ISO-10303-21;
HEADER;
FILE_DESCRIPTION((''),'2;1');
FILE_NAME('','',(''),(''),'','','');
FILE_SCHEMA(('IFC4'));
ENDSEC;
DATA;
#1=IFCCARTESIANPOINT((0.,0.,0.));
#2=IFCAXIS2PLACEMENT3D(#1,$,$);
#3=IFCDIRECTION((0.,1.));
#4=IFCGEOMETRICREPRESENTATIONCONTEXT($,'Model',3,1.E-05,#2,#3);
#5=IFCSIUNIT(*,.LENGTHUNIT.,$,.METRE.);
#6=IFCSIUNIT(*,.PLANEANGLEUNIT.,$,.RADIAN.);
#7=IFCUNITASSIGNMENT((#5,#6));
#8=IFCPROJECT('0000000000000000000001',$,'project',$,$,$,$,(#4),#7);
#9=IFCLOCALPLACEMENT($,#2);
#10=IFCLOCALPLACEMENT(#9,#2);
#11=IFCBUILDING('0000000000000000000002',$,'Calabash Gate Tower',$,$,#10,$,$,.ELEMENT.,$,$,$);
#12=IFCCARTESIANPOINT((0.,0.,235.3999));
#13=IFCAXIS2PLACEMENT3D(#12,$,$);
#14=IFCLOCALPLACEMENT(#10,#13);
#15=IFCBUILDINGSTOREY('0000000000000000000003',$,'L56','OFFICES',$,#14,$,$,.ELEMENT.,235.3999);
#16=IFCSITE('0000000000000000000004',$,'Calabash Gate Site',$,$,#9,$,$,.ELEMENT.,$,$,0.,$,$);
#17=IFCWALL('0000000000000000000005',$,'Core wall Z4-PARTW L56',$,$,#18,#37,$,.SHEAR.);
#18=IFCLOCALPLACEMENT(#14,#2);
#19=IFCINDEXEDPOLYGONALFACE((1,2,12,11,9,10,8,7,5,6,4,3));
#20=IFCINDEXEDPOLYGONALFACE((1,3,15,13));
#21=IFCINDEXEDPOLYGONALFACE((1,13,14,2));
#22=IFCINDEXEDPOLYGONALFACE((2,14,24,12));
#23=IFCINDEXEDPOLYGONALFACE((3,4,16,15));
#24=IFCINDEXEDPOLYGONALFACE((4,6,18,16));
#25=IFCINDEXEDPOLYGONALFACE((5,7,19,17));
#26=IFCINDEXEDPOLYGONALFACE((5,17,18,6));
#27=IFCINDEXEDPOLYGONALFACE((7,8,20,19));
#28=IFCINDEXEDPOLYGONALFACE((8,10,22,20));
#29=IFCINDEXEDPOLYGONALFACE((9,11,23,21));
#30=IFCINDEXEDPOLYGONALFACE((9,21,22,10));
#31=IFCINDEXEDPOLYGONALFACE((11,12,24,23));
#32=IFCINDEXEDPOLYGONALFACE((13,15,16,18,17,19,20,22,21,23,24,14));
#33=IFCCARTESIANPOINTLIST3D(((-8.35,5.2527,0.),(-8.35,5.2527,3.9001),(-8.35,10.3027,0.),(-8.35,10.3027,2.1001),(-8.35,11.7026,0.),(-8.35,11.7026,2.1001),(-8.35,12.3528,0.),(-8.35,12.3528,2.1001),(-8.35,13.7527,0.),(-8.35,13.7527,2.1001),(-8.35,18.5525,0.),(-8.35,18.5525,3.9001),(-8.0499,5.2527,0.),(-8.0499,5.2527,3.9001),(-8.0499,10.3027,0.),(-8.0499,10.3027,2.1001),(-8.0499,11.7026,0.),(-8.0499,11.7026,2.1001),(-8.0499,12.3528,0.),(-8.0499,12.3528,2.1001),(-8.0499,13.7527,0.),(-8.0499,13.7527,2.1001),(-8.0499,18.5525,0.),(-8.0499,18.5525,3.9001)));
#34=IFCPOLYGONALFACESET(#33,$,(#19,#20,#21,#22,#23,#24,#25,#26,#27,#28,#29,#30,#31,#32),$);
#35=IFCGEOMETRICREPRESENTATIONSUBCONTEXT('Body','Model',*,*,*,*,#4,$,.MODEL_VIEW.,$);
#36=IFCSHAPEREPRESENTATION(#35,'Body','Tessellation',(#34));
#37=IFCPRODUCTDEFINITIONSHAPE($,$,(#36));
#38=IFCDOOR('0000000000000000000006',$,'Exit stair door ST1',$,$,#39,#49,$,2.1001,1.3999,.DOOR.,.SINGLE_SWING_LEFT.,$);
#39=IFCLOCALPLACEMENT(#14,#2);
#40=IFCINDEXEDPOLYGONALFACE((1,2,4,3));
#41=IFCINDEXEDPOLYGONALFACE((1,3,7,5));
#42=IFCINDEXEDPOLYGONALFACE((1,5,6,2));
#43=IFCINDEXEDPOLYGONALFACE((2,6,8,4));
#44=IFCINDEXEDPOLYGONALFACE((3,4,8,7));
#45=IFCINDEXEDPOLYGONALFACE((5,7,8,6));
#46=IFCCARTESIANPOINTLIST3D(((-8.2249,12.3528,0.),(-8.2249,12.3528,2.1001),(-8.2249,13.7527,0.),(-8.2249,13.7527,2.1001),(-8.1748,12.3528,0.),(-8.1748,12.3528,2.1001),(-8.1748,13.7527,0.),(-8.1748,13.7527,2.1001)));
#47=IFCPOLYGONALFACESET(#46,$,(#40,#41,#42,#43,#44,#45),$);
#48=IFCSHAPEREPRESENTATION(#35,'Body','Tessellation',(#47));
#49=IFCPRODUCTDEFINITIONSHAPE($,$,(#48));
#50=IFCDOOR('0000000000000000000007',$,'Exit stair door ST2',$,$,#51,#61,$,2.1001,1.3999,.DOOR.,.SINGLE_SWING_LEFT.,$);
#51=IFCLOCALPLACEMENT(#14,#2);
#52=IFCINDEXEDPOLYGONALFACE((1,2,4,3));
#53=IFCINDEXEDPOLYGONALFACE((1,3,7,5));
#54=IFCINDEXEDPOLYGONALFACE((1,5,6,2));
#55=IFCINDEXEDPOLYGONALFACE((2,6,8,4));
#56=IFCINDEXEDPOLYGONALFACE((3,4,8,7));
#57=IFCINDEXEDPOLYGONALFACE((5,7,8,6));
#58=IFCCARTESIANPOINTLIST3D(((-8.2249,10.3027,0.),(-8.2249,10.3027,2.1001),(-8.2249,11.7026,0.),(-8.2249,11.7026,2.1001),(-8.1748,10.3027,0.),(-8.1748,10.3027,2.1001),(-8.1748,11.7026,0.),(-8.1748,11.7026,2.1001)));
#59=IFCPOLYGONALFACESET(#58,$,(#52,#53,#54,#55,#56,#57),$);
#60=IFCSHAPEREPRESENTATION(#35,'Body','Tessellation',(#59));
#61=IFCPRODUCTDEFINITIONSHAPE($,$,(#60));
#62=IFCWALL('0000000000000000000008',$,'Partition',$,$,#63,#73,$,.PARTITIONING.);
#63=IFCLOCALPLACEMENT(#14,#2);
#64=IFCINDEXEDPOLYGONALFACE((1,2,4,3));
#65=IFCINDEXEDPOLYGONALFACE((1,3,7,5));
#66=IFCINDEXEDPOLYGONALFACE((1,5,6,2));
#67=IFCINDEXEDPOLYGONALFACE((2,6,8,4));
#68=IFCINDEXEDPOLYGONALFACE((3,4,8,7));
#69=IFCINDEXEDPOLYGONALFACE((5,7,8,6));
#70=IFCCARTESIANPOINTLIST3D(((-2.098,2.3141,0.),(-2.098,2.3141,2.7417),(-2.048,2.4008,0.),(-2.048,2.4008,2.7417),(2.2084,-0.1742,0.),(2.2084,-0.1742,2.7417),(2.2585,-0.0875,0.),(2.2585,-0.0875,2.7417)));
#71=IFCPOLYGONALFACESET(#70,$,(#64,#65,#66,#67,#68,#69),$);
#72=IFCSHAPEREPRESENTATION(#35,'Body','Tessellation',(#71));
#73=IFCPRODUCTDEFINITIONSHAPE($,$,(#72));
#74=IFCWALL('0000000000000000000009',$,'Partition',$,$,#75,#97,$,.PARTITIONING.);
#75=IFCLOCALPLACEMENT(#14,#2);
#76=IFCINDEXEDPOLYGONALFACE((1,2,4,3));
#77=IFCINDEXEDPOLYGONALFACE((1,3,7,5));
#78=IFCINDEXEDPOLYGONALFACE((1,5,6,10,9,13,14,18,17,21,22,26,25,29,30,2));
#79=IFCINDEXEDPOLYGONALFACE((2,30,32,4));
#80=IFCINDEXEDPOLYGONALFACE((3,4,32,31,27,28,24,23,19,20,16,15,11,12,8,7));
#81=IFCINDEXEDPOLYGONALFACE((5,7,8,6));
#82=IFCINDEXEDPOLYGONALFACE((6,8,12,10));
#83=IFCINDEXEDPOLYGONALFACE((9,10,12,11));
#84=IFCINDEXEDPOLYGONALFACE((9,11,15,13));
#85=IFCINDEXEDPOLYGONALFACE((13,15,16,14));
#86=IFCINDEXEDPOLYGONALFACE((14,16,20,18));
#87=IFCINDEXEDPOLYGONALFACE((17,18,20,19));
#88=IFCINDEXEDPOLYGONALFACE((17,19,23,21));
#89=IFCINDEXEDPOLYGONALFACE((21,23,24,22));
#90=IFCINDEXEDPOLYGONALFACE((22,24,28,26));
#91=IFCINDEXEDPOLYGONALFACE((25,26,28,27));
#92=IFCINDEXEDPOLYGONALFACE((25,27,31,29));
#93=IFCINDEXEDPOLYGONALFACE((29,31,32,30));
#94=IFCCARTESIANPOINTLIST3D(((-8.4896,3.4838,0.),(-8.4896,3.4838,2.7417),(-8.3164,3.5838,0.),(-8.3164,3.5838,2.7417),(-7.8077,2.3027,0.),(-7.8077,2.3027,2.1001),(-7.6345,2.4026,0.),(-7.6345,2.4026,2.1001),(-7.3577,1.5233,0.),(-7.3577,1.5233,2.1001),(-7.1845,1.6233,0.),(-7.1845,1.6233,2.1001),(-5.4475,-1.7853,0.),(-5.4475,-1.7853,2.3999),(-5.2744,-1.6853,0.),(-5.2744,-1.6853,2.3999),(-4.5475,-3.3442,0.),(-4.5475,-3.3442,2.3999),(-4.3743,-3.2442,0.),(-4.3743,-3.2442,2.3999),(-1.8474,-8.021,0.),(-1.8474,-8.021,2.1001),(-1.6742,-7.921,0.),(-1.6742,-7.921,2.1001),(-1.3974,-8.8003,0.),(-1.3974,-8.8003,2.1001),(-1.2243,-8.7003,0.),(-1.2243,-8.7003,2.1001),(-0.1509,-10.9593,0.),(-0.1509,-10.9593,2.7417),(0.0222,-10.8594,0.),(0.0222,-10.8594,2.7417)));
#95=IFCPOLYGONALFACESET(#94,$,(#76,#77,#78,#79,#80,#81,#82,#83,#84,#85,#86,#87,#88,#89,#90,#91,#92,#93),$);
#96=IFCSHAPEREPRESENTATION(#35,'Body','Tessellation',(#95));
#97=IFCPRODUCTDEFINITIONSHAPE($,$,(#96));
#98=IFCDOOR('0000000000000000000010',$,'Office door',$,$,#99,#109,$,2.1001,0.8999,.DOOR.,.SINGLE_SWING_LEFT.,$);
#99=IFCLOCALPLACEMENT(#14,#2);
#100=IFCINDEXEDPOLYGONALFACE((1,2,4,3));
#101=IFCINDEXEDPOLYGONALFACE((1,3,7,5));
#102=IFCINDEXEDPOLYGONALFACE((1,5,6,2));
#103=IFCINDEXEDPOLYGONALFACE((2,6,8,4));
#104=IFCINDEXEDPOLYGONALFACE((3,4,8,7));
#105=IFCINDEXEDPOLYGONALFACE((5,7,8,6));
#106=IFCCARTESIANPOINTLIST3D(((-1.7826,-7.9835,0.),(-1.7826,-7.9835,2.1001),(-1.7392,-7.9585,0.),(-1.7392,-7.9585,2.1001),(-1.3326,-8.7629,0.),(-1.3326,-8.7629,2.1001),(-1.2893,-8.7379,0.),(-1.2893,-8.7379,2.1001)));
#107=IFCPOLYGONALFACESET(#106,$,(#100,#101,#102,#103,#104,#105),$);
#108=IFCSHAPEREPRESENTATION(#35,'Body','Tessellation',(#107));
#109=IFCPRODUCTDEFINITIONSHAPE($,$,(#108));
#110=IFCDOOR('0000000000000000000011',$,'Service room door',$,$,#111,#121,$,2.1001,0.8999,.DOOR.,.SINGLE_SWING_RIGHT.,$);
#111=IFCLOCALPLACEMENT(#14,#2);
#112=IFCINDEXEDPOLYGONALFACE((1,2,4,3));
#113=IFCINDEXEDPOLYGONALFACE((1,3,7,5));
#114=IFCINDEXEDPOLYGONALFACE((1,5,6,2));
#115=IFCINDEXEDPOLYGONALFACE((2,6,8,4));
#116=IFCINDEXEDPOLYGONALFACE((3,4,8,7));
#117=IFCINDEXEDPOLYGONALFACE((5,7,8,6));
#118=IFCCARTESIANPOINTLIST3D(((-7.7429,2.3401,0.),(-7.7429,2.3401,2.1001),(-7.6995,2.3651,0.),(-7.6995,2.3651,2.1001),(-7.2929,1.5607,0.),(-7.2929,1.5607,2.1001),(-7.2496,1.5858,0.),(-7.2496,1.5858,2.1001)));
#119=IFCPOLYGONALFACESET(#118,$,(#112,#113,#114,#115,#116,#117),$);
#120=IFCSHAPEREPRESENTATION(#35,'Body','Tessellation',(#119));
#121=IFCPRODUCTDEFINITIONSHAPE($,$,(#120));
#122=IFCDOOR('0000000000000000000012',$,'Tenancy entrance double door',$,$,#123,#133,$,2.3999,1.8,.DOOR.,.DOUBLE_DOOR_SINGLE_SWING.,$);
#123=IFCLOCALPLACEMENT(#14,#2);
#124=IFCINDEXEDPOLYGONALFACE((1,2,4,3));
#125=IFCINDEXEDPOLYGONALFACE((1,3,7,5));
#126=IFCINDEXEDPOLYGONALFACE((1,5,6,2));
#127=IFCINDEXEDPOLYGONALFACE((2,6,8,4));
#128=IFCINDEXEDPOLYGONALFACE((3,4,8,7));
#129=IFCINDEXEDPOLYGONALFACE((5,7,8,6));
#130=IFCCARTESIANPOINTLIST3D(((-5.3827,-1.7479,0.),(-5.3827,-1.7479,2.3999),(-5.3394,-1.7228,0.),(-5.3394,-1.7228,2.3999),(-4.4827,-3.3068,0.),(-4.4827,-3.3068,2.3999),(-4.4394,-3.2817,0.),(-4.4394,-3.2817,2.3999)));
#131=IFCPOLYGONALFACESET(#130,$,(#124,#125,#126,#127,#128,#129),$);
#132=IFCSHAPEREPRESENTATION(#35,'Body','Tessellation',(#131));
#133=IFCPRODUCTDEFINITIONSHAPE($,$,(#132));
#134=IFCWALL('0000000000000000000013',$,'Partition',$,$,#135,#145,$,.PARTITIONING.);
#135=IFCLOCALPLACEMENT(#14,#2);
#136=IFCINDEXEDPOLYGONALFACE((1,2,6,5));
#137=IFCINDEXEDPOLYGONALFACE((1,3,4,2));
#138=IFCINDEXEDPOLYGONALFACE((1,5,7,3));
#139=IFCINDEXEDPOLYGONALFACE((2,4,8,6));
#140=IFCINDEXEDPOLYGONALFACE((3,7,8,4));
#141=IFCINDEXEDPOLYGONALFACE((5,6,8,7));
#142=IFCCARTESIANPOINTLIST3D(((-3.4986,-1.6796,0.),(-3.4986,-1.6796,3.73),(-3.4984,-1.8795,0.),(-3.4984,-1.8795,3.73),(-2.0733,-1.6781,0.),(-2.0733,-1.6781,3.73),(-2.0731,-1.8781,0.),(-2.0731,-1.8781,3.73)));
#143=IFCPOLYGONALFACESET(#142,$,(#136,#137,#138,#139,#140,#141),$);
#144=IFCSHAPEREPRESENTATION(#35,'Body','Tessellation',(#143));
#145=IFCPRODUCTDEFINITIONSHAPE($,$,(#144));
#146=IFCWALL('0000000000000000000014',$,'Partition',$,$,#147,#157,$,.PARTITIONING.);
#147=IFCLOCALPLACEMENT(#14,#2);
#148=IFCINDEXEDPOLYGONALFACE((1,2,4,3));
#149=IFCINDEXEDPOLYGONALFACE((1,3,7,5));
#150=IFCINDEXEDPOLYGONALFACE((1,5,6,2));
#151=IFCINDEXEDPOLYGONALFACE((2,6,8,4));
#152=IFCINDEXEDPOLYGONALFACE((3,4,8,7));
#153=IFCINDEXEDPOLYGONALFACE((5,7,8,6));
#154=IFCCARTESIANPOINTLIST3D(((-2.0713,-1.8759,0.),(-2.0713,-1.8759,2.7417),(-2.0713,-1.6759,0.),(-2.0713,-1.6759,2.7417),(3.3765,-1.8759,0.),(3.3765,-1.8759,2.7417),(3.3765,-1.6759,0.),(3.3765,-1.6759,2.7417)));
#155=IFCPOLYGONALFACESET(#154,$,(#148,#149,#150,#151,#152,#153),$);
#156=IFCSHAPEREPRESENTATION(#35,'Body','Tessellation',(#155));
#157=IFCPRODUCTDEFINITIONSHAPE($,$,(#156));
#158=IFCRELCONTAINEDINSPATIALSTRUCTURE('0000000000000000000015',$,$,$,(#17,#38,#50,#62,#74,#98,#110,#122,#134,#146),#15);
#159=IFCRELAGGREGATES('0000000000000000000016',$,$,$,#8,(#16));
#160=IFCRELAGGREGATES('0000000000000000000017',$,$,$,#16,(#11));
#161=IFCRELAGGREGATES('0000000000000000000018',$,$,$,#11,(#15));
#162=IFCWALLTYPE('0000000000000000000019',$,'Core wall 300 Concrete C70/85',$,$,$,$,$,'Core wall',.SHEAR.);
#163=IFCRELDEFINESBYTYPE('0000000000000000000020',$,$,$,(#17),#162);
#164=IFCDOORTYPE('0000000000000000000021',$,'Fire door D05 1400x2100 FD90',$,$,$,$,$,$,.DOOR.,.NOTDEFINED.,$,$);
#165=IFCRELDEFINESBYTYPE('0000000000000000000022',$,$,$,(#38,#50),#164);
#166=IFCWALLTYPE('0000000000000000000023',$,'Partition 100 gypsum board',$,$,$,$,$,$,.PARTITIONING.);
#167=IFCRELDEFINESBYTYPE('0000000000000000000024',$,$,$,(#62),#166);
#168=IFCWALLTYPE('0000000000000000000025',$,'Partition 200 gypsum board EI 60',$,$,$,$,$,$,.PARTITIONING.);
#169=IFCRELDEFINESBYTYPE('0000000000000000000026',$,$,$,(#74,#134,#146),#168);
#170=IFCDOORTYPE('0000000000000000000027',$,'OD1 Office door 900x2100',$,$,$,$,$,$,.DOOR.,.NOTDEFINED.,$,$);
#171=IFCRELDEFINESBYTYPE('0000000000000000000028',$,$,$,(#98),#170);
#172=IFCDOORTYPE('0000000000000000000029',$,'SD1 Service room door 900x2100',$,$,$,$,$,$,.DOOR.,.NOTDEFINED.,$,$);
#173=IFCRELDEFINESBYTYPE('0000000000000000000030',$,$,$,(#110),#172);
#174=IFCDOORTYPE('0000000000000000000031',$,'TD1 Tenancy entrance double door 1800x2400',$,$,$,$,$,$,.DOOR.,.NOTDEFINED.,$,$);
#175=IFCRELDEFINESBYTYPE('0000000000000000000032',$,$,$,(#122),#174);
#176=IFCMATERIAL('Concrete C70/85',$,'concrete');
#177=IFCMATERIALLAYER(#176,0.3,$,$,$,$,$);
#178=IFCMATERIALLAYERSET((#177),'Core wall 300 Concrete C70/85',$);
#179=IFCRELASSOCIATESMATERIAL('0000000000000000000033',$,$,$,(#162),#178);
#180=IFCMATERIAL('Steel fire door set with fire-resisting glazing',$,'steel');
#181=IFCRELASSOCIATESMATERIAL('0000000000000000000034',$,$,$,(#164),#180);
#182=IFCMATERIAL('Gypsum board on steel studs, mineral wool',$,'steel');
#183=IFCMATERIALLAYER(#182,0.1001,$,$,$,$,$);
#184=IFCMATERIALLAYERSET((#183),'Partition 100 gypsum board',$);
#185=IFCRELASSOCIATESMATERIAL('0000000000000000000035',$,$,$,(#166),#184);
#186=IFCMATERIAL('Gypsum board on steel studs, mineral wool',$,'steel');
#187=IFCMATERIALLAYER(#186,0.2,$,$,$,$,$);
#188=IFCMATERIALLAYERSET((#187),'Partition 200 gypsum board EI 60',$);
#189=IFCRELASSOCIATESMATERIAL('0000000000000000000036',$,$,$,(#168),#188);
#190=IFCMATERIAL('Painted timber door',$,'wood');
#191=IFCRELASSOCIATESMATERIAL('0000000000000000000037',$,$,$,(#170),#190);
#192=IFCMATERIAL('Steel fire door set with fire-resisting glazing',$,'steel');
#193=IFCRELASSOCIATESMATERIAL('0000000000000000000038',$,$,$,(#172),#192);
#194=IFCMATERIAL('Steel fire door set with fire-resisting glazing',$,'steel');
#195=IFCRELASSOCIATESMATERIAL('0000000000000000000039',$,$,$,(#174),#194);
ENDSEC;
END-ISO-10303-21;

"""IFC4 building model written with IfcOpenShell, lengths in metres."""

from ifc_helpers import new_model, si_unit, direction, frame, frame_2d, origin, place, context, subcontext, project, spatial, rectangle, extrude, material, layer, layer_set, type_object, element, fill, save


model = new_model("IFC4")

# Units and contexts
model_context = context("Model", 3, precision=1e-05, world=origin(), true_north=direction((0.0, 1.0)))
body_context = subcontext(model_context, "Body", "Model", "MODEL_VIEW")
ifc_project = project(units=[si_unit("LENGTHUNIT", "METRE"), si_unit("PLANEANGLEUNIT", "RADIAN")], contexts=[model_context])

# Site, building, storey
site_placement = place(None, origin())
site = spatial("IfcSite", under=ifc_project, at=site_placement, Name="Calabash Gate Site", CompositionType="ELEMENT", RefElevation=0.0)
building_placement = place(site_placement, origin())
building = spatial("IfcBuilding", under=site, at=building_placement, Name="Calabash Gate Tower", CompositionType="ELEMENT")
storey_placement = place(building_placement, frame((0.0, 0.0, 235.3999)))
storey = spatial("IfcBuildingStorey", under=building, at=storey_placement, Name="L56", Description="OFFICES", CompositionType="ELEMENT", Elevation=235.3999)

# Wall, openings, doors
ifc_material_1 = material(Name="Concrete C70/85", Category="concrete")
ifc_layer_1 = layer(ifc_material_1, 0.3)
ifc_layer_set_1 = layer_set([ifc_layer_1], Name="Core wall 300 Concrete C70/85")
wall_type_1 = type_object("IfcWallType", Name="Core wall 300 Concrete C70/85", ElementType="Core wall", PredefinedType="SHEAR", material=ifc_layer_set_1)
wall_1_placement = place(storey_placement, frame((-8.2, 5.2527, 0.0), z_axis=(0.0, 0.0, 1.0), x_axis=(0.0, 1.0, 0.0)))
wall_1 = element("IfcWall", 1, at=wall_1_placement, inside=storey, type_object=wall_type_1, Name="Core wall Z4-PARTW L56", PredefinedType="SHEAR", context=body_context, shape_type="SweptSolid", body=[
    extrude(rectangle(XDim=13.2998, YDim=0.3, at=frame_2d((6.6499, 0.0))), origin(), (0.0, 0.0, 1.0), 3.9001),
])
opening_1_placement = place(wall_1_placement, frame((7.1001, 0.0, 0.0)))
opening_1 = element("IfcOpeningElement", 2, at=opening_1_placement, cuts=wall_1, PredefinedType="OPENING", context=body_context, shape_type="SweptSolid", body=[
    extrude(rectangle(XDim=1.3999, YDim=2.1001, at=frame_2d((0.7, 1.05))), frame((0.0, 0.1599, 0.0), z_axis=(0.0, -1.0, 0.0), x_axis=(1.0, 0.0, 0.0)), (0.0, 0.0, 1.0), 0.3201),
])
opening_2_placement = place(wall_1_placement, frame((5.05, 0.0, 0.0)))
opening_2 = element("IfcOpeningElement", 3, at=opening_2_placement, cuts=wall_1, PredefinedType="OPENING", context=body_context, shape_type="SweptSolid", body=[
    extrude(rectangle(XDim=1.3999, YDim=2.1001, at=frame_2d((0.7, 1.05))), frame((0.0, 0.1599, 0.0), z_axis=(0.0, -1.0, 0.0), x_axis=(1.0, 0.0, 0.0)), (0.0, 0.0, 1.0), 0.3201),
])
ifc_material_2 = material(Name="Steel fire door set with fire-resisting glazing", Category="steel")
door_type_1 = type_object("IfcDoorType", Name="Fire door D05 1400x2100 FD90", OperationType="NOTDEFINED", PredefinedType="DOOR", material=ifc_material_2)
door_1_placement = place(opening_1_placement, origin())
door_1 = element("IfcDoor", 4, at=door_1_placement, inside=storey, type_object=door_type_1, Name="Exit stair door ST1", OperationType="SINGLE_SWING_LEFT", OverallHeight=2.1001, OverallWidth=1.3999, PredefinedType="DOOR", context=body_context, shape_type="SweptSolid", body=[
    extrude(rectangle(XDim=1.3999, YDim=2.1001, at=frame_2d((0.7, 1.05))), frame((0.0, 0.0249, 0.0), z_axis=(0.0, -1.0, 0.0), x_axis=(1.0, 0.0, 0.0)), (0.0, 0.0, 1.0), 0.05),
])
fill(opening_1, door_1)
door_2_placement = place(opening_2_placement, origin())
door_2 = element("IfcDoor", 5, at=door_2_placement, inside=storey, type_object=door_type_1, Name="Exit stair door ST2", OperationType="SINGLE_SWING_LEFT", OverallHeight=2.1001, OverallWidth=1.3999, PredefinedType="DOOR", context=body_context, shape_type="SweptSolid", body=[
    extrude(rectangle(XDim=1.3999, YDim=2.1001, at=frame_2d((0.7, 1.05))), frame((0.0, 0.0249, 0.0), z_axis=(0.0, -1.0, 0.0), x_axis=(1.0, 0.0, 0.0)), (0.0, 0.0, 1.0), 0.05),
])
fill(opening_2, door_2)

# Wall
ifc_material_3 = material(Name="Gypsum board on steel studs, mineral wool", Category="steel")
ifc_layer_2 = layer(ifc_material_3, 0.1001)
ifc_layer_set_2 = layer_set([ifc_layer_2], Name="Partition 100 gypsum board")
wall_type_2 = type_object("IfcWallType", Name="Partition 100 gypsum board", PredefinedType="PARTITIONING", material=ifc_layer_set_2)
wall_2_placement = place(storey_placement, frame((-2.073, 2.3574, 0.0), z_axis=(0.0, 0.0, 1.0), x_axis=(0.865853, -0.500299, 0.0)))
element("IfcWall", 6, at=wall_2_placement, inside=storey, type_object=wall_type_2, Name="Partition", PredefinedType="PARTITIONING", context=body_context, shape_type="SweptSolid", body=[
    extrude(rectangle(XDim=4.9736, YDim=0.1001, at=frame_2d((2.4868, 0.0))), origin(), (0.0, 0.0, 1.0), 2.7417),
])

# Wall, openings, doors
ifc_material_4 = material(Name="Gypsum board on steel studs, mineral wool", Category="steel")
ifc_layer_3 = layer(ifc_material_4, 0.2)
ifc_layer_set_3 = layer_set([ifc_layer_3], Name="Partition 200 gypsum board EI 60")
wall_type_3 = type_object("IfcWallType", Name="Partition 200 gypsum board EI 60", PredefinedType="PARTITIONING", material=ifc_layer_set_3)
wall_3_placement = place(storey_placement, frame((-8.4031, 3.5339, 0.0), z_axis=(0.0, 0.0, 1.0), x_axis=(0.499995, -0.866028, 0.0)))
wall_3 = element("IfcWall", 7, at=wall_3_placement, inside=storey, type_object=wall_type_3, Name="Partition", PredefinedType="PARTITIONING", context=body_context, shape_type="SweptSolid", body=[
    extrude(rectangle(XDim=16.6775, YDim=0.2, at=frame_2d((8.3389, 0.0))), origin(), (0.0, 0.0, 1.0), 2.7417),
])
opening_3_placement = place(wall_3_placement, frame((6.0845, 0.0, 0.0)))
opening_3 = element("IfcOpeningElement", 8, at=opening_3_placement, cuts=wall_3, PredefinedType="OPENING", context=body_context, shape_type="SweptSolid", body=[
    extrude(rectangle(XDim=1.8, YDim=2.3999, at=frame_2d((0.8999, 1.2))), frame((0.0, 0.1099, 0.0), z_axis=(0.0, -1.0, 0.0), x_axis=(1.0, 0.0, 0.0)), (0.0, 0.0, 1.0), 0.22),
])
opening_4_placement = place(wall_3_placement, frame((13.2847, 0.0, 0.0)))
opening_4 = element("IfcOpeningElement", 9, at=opening_4_placement, cuts=wall_3, PredefinedType="OPENING", context=body_context, shape_type="SweptSolid", body=[
    extrude(rectangle(XDim=0.8999, YDim=2.1001, at=frame_2d((0.45, 1.05))), frame((0.0, 0.1099, 0.0), z_axis=(0.0, -1.0, 0.0), x_axis=(1.0, 0.0, 0.0)), (0.0, 0.0, 1.0), 0.22),
])
opening_5_placement = place(wall_3_placement, frame((1.364, 0.0, 0.0)))
opening_5 = element("IfcOpeningElement", 10, at=opening_5_placement, cuts=wall_3, PredefinedType="OPENING", context=body_context, shape_type="SweptSolid", body=[
    extrude(rectangle(XDim=0.8999, YDim=2.1001, at=frame_2d((0.45, 1.05))), frame((0.0, 0.1099, 0.0), z_axis=(0.0, -1.0, 0.0), x_axis=(1.0, 0.0, 0.0)), (0.0, 0.0, 1.0), 0.22),
])
ifc_material_5 = material(Name="Painted timber door", Category="wood")
door_type_2 = type_object("IfcDoorType", Name="OD1 Office door 900x2100", OperationType="NOTDEFINED", PredefinedType="DOOR", material=ifc_material_5)
door_3_placement = place(opening_4_placement, origin())
door_3 = element("IfcDoor", 11, at=door_3_placement, inside=storey, type_object=door_type_2, Name="Office door", OperationType="SINGLE_SWING_LEFT", OverallHeight=2.1001, OverallWidth=0.8999, PredefinedType="DOOR", context=body_context, shape_type="SweptSolid", body=[
    extrude(rectangle(XDim=0.8999, YDim=2.1001, at=frame_2d((0.45, 1.05))), frame((0.0, 0.0249, 0.0), z_axis=(0.0, -1.0, 0.0), x_axis=(1.0, 0.0, 0.0)), (0.0, 0.0, 1.0), 0.05),
])
fill(opening_4, door_3)
ifc_material_6 = material(Name="Steel fire door set with fire-resisting glazing", Category="steel")
door_type_3 = type_object("IfcDoorType", Name="SD1 Service room door 900x2100", OperationType="NOTDEFINED", PredefinedType="DOOR", material=ifc_material_6)
door_4_placement = place(opening_5_placement, origin())
door_4 = element("IfcDoor", 12, at=door_4_placement, inside=storey, type_object=door_type_3, Name="Service room door", OperationType="SINGLE_SWING_RIGHT", OverallHeight=2.1001, OverallWidth=0.8999, PredefinedType="DOOR", context=body_context, shape_type="SweptSolid", body=[
    extrude(rectangle(XDim=0.8999, YDim=2.1001, at=frame_2d((0.45, 1.05))), frame((0.0, 0.0249, 0.0), z_axis=(0.0, -1.0, 0.0), x_axis=(1.0, 0.0, 0.0)), (0.0, 0.0, 1.0), 0.05),
])
fill(opening_5, door_4)
ifc_material_7 = material(Name="Steel fire door set with fire-resisting glazing", Category="steel")
door_type_4 = type_object("IfcDoorType", Name="TD1 Tenancy entrance double door 1800x2400", OperationType="NOTDEFINED", PredefinedType="DOOR", material=ifc_material_7)
door_5_placement = place(opening_3_placement, origin())
door_5 = element("IfcDoor", 13, at=door_5_placement, inside=storey, type_object=door_type_4, Name="Tenancy entrance double door", OperationType="DOUBLE_DOOR_SINGLE_SWING", OverallHeight=2.3999, OverallWidth=1.8, PredefinedType="DOOR", context=body_context, shape_type="SweptSolid", body=[
    extrude(rectangle(XDim=1.8, YDim=2.3999, at=frame_2d((0.8999, 1.2))), frame((0.0, 0.0249, 0.0), z_axis=(0.0, -1.0, 0.0), x_axis=(1.0, 0.0, 0.0)), (0.0, 0.0, 1.0), 0.05),
])
fill(opening_3, door_5)

# Walls
wall_4_placement = place(storey_placement, frame((-3.4985, -1.7795, 0.0), z_axis=(0.0, 0.0, 1.0), x_axis=(0.999999, 0.001028, 0.0)))
element("IfcWall", 14, at=wall_4_placement, inside=storey, type_object=wall_type_3, Name="Partition", PredefinedType="PARTITIONING", context=body_context, shape_type="SweptSolid", body=[
    extrude(rectangle(XDim=1.4253, YDim=0.2, at=frame_2d((0.7126, 0.0))), origin(), (0.0, 0.0, 1.0), 3.73),
])
wall_5_placement = place(storey_placement, frame((-2.0713, -1.7759, 0.0), z_axis=(0.0, 0.0, 1.0), x_axis=(1.0, 0.0, 0.0)))
element("IfcWall", 15, at=wall_5_placement, inside=storey, type_object=wall_type_3, Name="Partition", PredefinedType="PARTITIONING", context=body_context, shape_type="SweptSolid", body=[
    extrude(rectangle(XDim=5.4478, YDim=0.2, at=frame_2d((2.7239, 0.0))), origin(), (0.0, 0.0, 1.0), 2.7417),
])

save(model, "model.ifc")
